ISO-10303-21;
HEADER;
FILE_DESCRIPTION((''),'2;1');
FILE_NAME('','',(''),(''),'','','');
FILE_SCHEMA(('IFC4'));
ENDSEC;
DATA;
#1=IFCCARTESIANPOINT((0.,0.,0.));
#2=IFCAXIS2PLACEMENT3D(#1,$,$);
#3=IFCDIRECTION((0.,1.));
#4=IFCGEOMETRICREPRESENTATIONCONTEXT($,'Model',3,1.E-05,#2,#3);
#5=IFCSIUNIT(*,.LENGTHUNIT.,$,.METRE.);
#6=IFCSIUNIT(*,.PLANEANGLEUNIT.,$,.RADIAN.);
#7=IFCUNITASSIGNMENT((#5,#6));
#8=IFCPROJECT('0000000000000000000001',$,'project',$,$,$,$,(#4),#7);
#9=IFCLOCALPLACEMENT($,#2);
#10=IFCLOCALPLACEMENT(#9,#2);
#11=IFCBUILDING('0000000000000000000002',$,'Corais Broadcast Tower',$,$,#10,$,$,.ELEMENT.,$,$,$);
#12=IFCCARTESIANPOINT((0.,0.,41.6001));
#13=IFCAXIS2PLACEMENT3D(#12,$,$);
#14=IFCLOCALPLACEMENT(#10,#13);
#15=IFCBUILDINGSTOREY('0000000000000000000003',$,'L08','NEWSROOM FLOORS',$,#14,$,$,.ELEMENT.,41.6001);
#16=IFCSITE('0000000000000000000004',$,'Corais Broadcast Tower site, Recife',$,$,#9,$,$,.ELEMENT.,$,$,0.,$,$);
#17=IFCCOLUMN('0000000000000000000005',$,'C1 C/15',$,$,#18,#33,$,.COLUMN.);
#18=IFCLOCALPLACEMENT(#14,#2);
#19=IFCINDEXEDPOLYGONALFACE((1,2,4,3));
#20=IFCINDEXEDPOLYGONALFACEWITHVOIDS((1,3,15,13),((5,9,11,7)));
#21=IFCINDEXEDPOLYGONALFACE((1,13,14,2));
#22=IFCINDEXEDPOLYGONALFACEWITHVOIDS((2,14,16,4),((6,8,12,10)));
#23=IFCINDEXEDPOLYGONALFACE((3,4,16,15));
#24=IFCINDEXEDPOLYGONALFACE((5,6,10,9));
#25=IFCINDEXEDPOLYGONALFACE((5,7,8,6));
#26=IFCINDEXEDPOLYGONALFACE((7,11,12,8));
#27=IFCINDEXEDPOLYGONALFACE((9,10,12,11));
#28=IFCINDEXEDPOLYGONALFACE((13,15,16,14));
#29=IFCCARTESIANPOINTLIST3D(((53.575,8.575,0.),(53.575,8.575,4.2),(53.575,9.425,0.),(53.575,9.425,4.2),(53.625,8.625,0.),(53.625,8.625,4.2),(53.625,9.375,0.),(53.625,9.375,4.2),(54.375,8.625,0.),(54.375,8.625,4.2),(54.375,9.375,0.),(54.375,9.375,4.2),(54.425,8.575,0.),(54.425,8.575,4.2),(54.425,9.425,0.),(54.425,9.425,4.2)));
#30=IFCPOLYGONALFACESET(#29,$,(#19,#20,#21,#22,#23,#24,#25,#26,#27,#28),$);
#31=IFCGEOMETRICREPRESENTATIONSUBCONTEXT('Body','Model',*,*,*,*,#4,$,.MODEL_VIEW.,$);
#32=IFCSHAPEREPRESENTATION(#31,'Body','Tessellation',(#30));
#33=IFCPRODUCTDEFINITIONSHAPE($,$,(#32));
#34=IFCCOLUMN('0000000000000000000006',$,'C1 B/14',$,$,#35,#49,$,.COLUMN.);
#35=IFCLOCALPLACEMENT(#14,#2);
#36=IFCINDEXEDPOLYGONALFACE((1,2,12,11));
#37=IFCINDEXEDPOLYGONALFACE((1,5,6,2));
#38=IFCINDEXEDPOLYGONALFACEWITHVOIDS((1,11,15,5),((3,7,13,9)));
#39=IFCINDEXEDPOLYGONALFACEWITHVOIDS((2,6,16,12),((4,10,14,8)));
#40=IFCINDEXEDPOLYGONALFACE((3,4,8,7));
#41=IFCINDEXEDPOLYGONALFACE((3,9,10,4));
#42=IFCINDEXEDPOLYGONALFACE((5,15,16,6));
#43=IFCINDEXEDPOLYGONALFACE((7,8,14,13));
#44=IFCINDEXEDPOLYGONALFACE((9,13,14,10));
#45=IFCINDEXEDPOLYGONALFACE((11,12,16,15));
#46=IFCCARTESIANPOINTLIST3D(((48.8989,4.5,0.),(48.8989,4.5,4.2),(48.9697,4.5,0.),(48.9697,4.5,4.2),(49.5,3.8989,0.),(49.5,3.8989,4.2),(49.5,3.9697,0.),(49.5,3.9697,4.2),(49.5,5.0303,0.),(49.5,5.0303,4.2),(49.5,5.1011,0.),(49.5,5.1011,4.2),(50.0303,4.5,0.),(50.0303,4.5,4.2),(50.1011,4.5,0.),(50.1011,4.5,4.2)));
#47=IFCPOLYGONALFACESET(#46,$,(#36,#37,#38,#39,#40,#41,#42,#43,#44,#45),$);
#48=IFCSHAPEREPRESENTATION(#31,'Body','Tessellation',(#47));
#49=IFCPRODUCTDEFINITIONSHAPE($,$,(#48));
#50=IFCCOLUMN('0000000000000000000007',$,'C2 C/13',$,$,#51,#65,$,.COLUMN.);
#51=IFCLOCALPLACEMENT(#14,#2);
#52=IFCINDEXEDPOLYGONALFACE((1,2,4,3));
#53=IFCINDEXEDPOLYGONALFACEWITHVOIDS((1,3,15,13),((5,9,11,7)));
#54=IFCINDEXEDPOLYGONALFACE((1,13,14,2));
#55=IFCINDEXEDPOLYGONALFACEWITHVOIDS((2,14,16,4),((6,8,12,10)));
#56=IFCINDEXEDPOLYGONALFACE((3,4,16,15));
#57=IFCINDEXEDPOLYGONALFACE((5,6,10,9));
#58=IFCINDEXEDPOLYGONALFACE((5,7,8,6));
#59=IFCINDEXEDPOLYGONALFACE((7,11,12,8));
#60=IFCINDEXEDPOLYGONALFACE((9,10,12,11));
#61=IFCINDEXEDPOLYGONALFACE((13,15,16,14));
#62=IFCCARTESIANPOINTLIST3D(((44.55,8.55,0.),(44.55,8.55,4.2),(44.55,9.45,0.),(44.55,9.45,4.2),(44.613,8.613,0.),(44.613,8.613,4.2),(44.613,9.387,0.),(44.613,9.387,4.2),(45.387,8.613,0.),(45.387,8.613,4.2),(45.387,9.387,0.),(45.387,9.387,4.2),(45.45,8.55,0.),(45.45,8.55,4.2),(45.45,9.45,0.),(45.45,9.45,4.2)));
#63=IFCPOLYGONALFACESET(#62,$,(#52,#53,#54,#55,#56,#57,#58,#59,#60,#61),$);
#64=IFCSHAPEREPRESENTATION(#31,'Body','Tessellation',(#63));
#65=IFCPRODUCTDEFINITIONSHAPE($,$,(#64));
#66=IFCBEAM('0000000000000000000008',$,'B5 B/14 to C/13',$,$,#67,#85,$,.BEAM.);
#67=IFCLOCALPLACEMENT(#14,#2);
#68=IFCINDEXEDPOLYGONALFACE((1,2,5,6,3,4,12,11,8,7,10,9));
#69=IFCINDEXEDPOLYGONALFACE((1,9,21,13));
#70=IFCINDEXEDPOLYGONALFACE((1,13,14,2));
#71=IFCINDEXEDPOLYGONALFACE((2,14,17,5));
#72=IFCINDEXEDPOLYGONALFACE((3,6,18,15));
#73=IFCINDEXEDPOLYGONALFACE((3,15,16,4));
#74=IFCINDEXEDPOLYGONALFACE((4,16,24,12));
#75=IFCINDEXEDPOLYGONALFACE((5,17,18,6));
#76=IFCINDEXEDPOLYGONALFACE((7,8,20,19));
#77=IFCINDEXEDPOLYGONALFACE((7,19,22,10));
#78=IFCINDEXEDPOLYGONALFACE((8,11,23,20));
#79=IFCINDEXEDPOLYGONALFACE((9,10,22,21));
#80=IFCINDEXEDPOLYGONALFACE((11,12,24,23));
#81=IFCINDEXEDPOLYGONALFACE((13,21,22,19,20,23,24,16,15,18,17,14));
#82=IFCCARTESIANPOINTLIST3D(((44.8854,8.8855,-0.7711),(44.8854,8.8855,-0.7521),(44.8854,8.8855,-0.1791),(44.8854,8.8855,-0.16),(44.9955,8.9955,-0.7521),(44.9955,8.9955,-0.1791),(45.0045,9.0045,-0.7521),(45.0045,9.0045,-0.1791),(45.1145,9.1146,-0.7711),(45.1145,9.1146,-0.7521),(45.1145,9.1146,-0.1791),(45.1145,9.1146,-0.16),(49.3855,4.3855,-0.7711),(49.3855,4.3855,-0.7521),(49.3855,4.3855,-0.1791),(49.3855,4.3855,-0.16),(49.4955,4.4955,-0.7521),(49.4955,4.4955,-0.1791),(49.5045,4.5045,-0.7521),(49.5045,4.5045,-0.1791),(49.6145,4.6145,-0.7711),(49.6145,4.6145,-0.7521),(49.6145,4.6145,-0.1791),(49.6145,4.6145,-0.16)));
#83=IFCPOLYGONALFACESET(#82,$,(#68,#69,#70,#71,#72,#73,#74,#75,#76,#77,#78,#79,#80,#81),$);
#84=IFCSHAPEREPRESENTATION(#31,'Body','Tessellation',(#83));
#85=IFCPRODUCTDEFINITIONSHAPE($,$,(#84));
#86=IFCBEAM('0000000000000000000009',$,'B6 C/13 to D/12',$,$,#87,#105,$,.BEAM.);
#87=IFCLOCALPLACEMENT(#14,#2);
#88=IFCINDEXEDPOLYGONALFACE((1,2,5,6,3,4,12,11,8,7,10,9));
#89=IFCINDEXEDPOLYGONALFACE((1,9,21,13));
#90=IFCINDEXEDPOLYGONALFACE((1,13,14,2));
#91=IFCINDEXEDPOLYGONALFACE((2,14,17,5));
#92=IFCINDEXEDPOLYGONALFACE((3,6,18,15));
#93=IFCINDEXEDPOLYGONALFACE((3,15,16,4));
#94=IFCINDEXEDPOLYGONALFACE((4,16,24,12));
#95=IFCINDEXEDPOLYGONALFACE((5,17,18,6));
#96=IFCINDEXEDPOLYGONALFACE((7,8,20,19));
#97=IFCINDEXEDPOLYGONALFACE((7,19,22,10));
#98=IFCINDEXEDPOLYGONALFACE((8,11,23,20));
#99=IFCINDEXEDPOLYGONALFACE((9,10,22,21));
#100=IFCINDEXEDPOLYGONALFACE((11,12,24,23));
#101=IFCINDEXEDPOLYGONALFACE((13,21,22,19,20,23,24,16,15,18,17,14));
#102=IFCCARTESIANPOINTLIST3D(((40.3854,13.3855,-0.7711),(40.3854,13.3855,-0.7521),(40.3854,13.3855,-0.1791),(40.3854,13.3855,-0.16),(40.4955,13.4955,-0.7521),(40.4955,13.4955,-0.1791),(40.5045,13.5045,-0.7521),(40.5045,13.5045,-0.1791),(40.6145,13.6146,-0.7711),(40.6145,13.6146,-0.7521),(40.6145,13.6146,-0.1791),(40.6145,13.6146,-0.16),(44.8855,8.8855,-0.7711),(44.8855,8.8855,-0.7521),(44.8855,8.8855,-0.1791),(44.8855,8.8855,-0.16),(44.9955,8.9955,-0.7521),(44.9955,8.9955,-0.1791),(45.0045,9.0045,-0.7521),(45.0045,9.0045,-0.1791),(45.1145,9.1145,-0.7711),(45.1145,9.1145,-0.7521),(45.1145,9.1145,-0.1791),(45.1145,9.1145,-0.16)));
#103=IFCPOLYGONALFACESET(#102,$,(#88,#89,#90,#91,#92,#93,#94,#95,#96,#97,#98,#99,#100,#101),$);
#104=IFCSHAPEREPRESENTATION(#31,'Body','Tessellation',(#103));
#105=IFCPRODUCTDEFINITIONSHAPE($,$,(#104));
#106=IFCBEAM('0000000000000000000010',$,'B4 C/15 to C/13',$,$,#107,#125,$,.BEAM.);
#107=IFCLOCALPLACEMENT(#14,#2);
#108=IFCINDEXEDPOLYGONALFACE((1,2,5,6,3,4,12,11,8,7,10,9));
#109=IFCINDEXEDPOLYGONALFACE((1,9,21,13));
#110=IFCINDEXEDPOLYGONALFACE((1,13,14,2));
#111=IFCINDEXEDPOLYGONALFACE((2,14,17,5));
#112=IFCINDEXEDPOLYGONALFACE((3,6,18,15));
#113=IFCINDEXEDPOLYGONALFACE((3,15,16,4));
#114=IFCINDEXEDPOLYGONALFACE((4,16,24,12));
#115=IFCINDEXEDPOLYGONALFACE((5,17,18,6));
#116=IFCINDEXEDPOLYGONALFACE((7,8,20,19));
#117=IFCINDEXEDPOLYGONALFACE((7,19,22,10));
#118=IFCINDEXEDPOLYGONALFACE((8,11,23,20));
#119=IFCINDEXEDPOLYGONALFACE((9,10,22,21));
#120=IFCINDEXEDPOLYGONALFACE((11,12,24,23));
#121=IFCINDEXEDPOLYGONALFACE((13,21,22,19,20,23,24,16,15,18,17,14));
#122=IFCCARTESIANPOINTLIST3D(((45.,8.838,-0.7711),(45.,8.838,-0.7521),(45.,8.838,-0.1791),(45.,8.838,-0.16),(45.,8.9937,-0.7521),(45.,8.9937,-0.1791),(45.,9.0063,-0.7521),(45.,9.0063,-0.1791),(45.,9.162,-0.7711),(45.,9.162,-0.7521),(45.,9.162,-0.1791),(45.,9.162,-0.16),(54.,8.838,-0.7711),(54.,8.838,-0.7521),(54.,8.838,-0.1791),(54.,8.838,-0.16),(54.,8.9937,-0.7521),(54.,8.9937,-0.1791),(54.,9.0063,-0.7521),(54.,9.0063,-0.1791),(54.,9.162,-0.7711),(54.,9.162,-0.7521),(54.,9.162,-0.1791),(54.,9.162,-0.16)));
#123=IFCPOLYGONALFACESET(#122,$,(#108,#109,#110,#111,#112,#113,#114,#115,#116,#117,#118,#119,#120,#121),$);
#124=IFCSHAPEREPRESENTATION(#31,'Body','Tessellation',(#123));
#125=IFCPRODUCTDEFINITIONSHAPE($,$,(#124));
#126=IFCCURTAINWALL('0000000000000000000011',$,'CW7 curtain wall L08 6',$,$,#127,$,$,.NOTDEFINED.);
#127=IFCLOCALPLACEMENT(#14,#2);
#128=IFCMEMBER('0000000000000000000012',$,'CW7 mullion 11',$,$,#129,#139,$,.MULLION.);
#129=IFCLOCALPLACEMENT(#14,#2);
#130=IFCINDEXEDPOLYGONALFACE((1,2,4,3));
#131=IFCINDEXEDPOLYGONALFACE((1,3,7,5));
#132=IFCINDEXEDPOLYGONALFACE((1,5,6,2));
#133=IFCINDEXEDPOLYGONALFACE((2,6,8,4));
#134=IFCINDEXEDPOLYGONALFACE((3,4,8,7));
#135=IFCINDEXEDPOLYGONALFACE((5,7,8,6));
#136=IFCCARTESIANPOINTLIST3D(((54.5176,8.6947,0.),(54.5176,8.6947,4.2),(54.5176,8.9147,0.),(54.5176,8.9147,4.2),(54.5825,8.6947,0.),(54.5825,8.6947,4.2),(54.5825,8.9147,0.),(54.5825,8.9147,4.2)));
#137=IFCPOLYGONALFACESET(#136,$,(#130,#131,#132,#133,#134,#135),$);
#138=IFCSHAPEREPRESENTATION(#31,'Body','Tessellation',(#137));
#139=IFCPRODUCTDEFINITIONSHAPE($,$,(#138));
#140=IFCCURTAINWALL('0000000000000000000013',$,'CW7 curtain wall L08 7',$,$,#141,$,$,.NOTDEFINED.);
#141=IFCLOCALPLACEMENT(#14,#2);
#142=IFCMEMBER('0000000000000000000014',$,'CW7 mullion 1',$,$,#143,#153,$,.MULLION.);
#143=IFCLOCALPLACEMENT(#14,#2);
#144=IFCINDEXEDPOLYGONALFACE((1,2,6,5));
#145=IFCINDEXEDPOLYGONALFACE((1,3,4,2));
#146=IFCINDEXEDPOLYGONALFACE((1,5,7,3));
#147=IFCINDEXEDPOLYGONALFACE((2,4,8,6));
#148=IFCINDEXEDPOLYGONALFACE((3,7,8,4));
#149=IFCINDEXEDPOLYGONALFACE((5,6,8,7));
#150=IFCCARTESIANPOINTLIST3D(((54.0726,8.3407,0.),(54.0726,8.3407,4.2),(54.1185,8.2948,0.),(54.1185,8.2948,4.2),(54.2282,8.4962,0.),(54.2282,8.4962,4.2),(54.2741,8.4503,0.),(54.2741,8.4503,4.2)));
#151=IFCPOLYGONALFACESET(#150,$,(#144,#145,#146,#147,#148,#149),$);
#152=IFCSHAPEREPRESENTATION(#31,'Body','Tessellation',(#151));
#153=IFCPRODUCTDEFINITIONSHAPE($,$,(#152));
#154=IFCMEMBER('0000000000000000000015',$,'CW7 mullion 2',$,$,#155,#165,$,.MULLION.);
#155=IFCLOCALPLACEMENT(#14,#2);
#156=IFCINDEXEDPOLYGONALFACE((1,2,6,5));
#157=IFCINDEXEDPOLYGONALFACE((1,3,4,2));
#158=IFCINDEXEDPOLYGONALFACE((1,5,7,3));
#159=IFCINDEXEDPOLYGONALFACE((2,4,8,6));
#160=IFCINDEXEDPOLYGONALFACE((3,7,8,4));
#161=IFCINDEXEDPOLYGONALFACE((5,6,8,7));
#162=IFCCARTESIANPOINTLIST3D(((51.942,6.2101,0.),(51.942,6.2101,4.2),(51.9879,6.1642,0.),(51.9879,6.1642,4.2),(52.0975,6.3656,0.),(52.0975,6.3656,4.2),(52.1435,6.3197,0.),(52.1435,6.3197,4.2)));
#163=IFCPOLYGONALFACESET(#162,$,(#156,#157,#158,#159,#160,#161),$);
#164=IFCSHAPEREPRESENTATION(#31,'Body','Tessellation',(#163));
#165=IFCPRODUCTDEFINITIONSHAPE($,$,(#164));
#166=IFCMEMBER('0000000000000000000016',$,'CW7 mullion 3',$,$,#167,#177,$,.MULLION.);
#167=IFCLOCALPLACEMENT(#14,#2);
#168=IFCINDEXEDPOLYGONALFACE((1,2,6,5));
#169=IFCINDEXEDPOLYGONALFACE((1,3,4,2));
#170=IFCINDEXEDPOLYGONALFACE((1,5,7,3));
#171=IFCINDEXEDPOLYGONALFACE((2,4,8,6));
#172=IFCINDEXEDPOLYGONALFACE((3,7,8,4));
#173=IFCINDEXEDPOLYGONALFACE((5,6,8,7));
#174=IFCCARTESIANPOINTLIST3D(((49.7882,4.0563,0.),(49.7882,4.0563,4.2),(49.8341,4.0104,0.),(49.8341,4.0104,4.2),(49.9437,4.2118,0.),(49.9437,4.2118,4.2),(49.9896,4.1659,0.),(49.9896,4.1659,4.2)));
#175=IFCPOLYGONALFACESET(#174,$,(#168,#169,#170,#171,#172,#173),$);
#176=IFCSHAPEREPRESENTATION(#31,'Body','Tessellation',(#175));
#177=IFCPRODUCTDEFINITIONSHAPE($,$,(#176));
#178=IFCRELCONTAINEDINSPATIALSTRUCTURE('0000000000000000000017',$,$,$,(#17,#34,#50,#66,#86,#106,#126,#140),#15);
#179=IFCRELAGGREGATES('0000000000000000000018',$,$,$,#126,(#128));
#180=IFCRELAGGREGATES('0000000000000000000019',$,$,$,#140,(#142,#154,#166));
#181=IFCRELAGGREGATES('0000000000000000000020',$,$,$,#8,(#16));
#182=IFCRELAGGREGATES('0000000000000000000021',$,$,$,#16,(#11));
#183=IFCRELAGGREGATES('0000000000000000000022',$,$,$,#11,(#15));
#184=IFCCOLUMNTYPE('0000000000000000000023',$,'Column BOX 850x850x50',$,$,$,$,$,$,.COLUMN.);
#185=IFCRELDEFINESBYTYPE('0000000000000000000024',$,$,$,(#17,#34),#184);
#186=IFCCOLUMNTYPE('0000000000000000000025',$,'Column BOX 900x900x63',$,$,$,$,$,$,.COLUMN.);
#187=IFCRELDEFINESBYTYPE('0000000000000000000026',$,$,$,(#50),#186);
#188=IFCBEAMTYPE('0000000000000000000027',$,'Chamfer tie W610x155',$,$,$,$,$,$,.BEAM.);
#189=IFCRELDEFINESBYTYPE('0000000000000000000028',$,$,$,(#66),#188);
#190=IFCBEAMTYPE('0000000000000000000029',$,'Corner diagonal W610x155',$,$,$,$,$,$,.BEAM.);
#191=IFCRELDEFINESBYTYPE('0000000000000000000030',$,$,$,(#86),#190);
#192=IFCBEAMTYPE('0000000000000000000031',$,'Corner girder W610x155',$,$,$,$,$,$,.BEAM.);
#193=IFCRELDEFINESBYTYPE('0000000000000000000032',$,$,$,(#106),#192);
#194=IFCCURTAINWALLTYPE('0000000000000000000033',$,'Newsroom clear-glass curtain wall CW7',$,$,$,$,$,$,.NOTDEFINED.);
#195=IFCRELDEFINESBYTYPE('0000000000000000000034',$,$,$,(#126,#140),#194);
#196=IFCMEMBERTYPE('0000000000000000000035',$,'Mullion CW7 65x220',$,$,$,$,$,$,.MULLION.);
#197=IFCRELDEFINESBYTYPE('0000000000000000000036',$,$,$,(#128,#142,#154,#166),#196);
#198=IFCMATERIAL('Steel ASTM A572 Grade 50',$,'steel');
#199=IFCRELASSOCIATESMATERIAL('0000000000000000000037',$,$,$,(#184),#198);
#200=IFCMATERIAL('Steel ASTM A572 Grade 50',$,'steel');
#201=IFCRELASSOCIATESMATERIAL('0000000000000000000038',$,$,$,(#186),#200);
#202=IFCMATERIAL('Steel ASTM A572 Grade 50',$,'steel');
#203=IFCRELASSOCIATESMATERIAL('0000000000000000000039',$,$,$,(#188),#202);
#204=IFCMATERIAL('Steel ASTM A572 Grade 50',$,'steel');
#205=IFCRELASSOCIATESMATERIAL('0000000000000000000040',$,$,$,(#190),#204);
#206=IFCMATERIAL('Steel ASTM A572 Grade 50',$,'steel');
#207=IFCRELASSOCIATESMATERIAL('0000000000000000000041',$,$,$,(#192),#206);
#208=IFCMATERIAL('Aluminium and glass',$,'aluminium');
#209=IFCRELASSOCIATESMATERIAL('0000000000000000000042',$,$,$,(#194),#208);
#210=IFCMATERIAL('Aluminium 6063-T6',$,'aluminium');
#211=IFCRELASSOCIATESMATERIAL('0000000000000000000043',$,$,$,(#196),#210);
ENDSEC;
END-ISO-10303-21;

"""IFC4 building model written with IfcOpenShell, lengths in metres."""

from ifc_helpers import new_model, si_unit, direction, frame, origin, origin_2d, place, context, subcontext, project, spatial, rectangle, hollow_rectangle, i_section, extrude, material, material_profile, profile_set, type_object, element, aggregate, save


model = new_model("IFC4")

# Units and contexts
model_context = context("Model", 3, precision=1e-05, world=origin(), true_north=direction((0.0, 1.0)))
body_context = subcontext(model_context, "Body", "Model", "MODEL_VIEW")
ifc_project = project(units=[si_unit("LENGTHUNIT", "METRE"), si_unit("PLANEANGLEUNIT", "RADIAN")], contexts=[model_context])

# Site, building, storey
site_placement = place(None, origin())
site = spatial("IfcSite", under=ifc_project, at=site_placement, Name="Corais Broadcast Tower site, Recife", CompositionType="ELEMENT", RefElevation=0.0)
building_placement = place(site_placement, origin())
building = spatial("IfcBuilding", under=site, at=building_placement, Name="Corais Broadcast Tower", CompositionType="ELEMENT")
storey_placement = place(building_placement, frame((0.0, 0.0, 41.6001)))
storey = spatial("IfcBuildingStorey", under=building, at=storey_placement, Name="L08", Description="NEWSROOM FLOORS", CompositionType="ELEMENT", Elevation=41.6001)

# Columns
ifc_material_1 = material(Name="Steel ASTM A572 Grade 50", Category="steel")
ifc_material_profile_1 = material_profile(ifc_material_1, hollow_rectangle(XDim=0.8501, YDim=0.8501, WallThickness=0.05, at=origin_2d()), Name="BOX 850x850x50")
ifc_profile_set_1 = profile_set([ifc_material_profile_1], Name="Steel ASTM A572 Grade 50")
column_type_1 = type_object("IfcColumnType", Name="Column BOX 850x850x50", PredefinedType="COLUMN", material=ifc_profile_set_1)
for number, where, z_axis, x_axis, name in (
    (1, (54.0, 9.0, 0.0), (0.0, 0.0, 1.0), (1.0, 0.0, 0.0), "C1 C/15"),
    (2, (49.5, 4.5, 0.0), (0.0, 0.0, 1.0), (0.707107, 0.707107, 0.0), "C1 B/14"),
):
    element("IfcColumn", number, at=place(storey_placement, frame(where, z_axis=z_axis, x_axis=x_axis)), inside=storey, type_object=column_type_1, Name=name, PredefinedType="COLUMN", context=body_context, shape_type="SweptSolid", body=[
        extrude(hollow_rectangle(XDim=0.8501, YDim=0.8501, WallThickness=0.05, at=origin_2d()), origin(), (0.0, 0.0, 1.0), 4.2),
    ])
ifc_material_2 = material(Name="Steel ASTM A572 Grade 50", Category="steel")
ifc_material_profile_2 = material_profile(ifc_material_2, hollow_rectangle(XDim=0.8999, YDim=0.8999, WallThickness=0.063, at=origin_2d()), Name="BOX 900x900x63")
ifc_profile_set_2 = profile_set([ifc_material_profile_2], Name="Steel ASTM A572 Grade 50")
column_type_2 = type_object("IfcColumnType", Name="Column BOX 900x900x63", PredefinedType="COLUMN", material=ifc_profile_set_2)
column_placement = place(storey_placement, frame((45.0, 9.0, 0.0), z_axis=(0.0, 0.0, 1.0), x_axis=(1.0, 0.0, 0.0)))
element("IfcColumn", 3, at=column_placement, inside=storey, type_object=column_type_2, Name="C2 C/13", PredefinedType="COLUMN", context=body_context, shape_type="SweptSolid", body=[
    extrude(hollow_rectangle(XDim=0.8999, YDim=0.8999, WallThickness=0.063, at=origin_2d()), origin(), (0.0, 0.0, 1.0), 4.2),
])

# Beams
ifc_material_3 = material(Name="Steel ASTM A572 Grade 50", Category="steel")
ifc_material_profile_3 = material_profile(ifc_material_3, i_section(OverallWidth=0.324, OverallDepth=0.6111, WebThickness=0.0127, FlangeThickness=0.019, at=origin_2d()), Name="W610x155")
ifc_profile_set_3 = profile_set([ifc_material_profile_3], Name="Steel ASTM A572 Grade 50")
beam_type_1 = type_object("IfcBeamType", Name="Chamfer tie W610x155", PredefinedType="BEAM", material=ifc_profile_set_3)
beam_1_placement = place(storey_placement, frame((49.5, 4.5, -0.4656), z_axis=(-0.707107, 0.707107, 0.0), x_axis=(-0.707107, -0.707107, 0.0)))
element("IfcBeam", 4, at=beam_1_placement, inside=storey, type_object=beam_type_1, Name="B5 B/14 to C/13", PredefinedType="BEAM", context=body_context, shape_type="SweptSolid", body=[
    extrude(i_section(OverallWidth=0.324, OverallDepth=0.6111, WebThickness=0.0127, FlangeThickness=0.019, at=origin_2d()), origin(), (0.0, 0.0, 1.0), 6.364),
])
ifc_material_4 = material(Name="Steel ASTM A572 Grade 50", Category="steel")
ifc_material_profile_4 = material_profile(ifc_material_4, i_section(OverallWidth=0.324, OverallDepth=0.6111, WebThickness=0.0127, FlangeThickness=0.019, at=origin_2d()), Name="W610x155")
ifc_profile_set_4 = profile_set([ifc_material_profile_4], Name="Steel ASTM A572 Grade 50")
beam_type_2 = type_object("IfcBeamType", Name="Corner diagonal W610x155", PredefinedType="BEAM", material=ifc_profile_set_4)
beam_2_placement = place(storey_placement, frame((45.0, 9.0, -0.4656), z_axis=(-0.707107, 0.707107, 0.0), x_axis=(-0.707107, -0.707107, 0.0)))
element("IfcBeam", 5, at=beam_2_placement, inside=storey, type_object=beam_type_2, Name="B6 C/13 to D/12", PredefinedType="BEAM", context=body_context, shape_type="SweptSolid", body=[
    extrude(i_section(OverallWidth=0.324, OverallDepth=0.6111, WebThickness=0.0127, FlangeThickness=0.019, at=origin_2d()), origin(), (0.0, 0.0, 1.0), 6.364),
])
ifc_material_5 = material(Name="Steel ASTM A572 Grade 50", Category="steel")
ifc_material_profile_5 = material_profile(ifc_material_5, i_section(OverallWidth=0.324, OverallDepth=0.6111, WebThickness=0.0127, FlangeThickness=0.019, at=origin_2d()), Name="W610x155")
ifc_profile_set_5 = profile_set([ifc_material_profile_5], Name="Steel ASTM A572 Grade 50")
beam_type_3 = type_object("IfcBeamType", Name="Corner girder W610x155", PredefinedType="BEAM", material=ifc_profile_set_5)
beam_3_placement = place(storey_placement, frame((54.0, 9.0, -0.4656), z_axis=(-1.0, 0.0, 0.0), x_axis=(0.0, -1.0, 0.0)))
element("IfcBeam", 6, at=beam_3_placement, inside=storey, type_object=beam_type_3, Name="B4 C/15 to C/13", PredefinedType="BEAM", context=body_context, shape_type="SweptSolid", body=[
    extrude(i_section(OverallWidth=0.324, OverallDepth=0.6111, WebThickness=0.0127, FlangeThickness=0.019, at=origin_2d()), origin(), (0.0, 0.0, 1.0), 9.0),
])

# Curtain wall, member
ifc_material_6 = material(Name="Aluminium and glass", Category="aluminium")
curtain_wall_type = type_object("IfcCurtainWallType", Name="Newsroom clear-glass curtain wall CW7", PredefinedType="NOTDEFINED", material=ifc_material_6)
curtain_wall_1_placement = place(storey_placement, origin())
curtain_wall_1 = element("IfcCurtainWall", 7, at=curtain_wall_1_placement, inside=storey, type_object=curtain_wall_type, Name="CW7 curtain wall L08 6", PredefinedType="NOTDEFINED")
ifc_material_7 = material(Name="Aluminium 6063-T6", Category="aluminium")
ifc_material_profile_6 = material_profile(ifc_material_7, rectangle(XDim=0.0649, YDim=0.22, at=origin_2d()), Name="Mullion CW7 65x220")
ifc_profile_set_6 = profile_set([ifc_material_profile_6], Name="Aluminium 6063-T6")
member_type_1 = type_object("IfcMemberType", Name="Mullion CW7 65x220", PredefinedType="MULLION", material=ifc_profile_set_6)
member_1_placement = place(storey_placement, frame((54.55, 8.8047, 0.0), z_axis=(0.0, 0.0, 1.0), x_axis=(1.0, 0.0, 0.0)))
member_1 = element("IfcMember", 8, at=member_1_placement, type_object=member_type_1, Name="CW7 mullion 11", PredefinedType="MULLION", context=body_context, shape_type="SweptSolid", body=[
    extrude(rectangle(XDim=0.0649, YDim=0.22, at=origin_2d()), origin(), (0.0, 0.0, 1.0), 4.2),
])
aggregate(curtain_wall_1, [member_1])

# Curtain wall, members
curtain_wall_2_placement = place(storey_placement, origin())
curtain_wall_2 = element("IfcCurtainWall", 9, at=curtain_wall_2_placement, inside=storey, type_object=curtain_wall_type, Name="CW7 curtain wall L08 7", PredefinedType="NOTDEFINED")
member_2_placement = place(storey_placement, frame((54.1733, 8.3955, 0.0), z_axis=(0.0, 0.0, 1.0), x_axis=(0.707107, -0.707107, 0.0)))
member_2 = element("IfcMember", 10, at=member_2_placement, type_object=member_type_1, Name="CW7 mullion 1", PredefinedType="MULLION", context=body_context, shape_type="SweptSolid", body=[
    extrude(rectangle(XDim=0.0649, YDim=0.22, at=origin_2d()), origin(), (0.0, 0.0, 1.0), 4.2),
])
member_3_placement = place(storey_placement, frame((52.0427, 6.2649, 0.0), z_axis=(0.0, 0.0, 1.0), x_axis=(0.707107, -0.707107, 0.0)))
member_3 = element("IfcMember", 11, at=member_3_placement, type_object=member_type_1, Name="CW7 mullion 2", PredefinedType="MULLION", context=body_context, shape_type="SweptSolid", body=[
    extrude(rectangle(XDim=0.0649, YDim=0.22, at=origin_2d()), origin(), (0.0, 0.0, 1.0), 4.2),
])
member_4_placement = place(storey_placement, frame((49.8889, 4.1111, 0.0), z_axis=(0.0, 0.0, 1.0), x_axis=(0.707107, -0.707107, 0.0)))
member_4 = element("IfcMember", 12, at=member_4_placement, type_object=member_type_1, Name="CW7 mullion 3", PredefinedType="MULLION", context=body_context, shape_type="SweptSolid", body=[
    extrude(rectangle(XDim=0.0649, YDim=0.22, at=origin_2d()), origin(), (0.0, 0.0, 1.0), 4.2),
])

aggregate(curtain_wall_2, [member_2, member_3, member_4])

save(model, "model.ifc")
